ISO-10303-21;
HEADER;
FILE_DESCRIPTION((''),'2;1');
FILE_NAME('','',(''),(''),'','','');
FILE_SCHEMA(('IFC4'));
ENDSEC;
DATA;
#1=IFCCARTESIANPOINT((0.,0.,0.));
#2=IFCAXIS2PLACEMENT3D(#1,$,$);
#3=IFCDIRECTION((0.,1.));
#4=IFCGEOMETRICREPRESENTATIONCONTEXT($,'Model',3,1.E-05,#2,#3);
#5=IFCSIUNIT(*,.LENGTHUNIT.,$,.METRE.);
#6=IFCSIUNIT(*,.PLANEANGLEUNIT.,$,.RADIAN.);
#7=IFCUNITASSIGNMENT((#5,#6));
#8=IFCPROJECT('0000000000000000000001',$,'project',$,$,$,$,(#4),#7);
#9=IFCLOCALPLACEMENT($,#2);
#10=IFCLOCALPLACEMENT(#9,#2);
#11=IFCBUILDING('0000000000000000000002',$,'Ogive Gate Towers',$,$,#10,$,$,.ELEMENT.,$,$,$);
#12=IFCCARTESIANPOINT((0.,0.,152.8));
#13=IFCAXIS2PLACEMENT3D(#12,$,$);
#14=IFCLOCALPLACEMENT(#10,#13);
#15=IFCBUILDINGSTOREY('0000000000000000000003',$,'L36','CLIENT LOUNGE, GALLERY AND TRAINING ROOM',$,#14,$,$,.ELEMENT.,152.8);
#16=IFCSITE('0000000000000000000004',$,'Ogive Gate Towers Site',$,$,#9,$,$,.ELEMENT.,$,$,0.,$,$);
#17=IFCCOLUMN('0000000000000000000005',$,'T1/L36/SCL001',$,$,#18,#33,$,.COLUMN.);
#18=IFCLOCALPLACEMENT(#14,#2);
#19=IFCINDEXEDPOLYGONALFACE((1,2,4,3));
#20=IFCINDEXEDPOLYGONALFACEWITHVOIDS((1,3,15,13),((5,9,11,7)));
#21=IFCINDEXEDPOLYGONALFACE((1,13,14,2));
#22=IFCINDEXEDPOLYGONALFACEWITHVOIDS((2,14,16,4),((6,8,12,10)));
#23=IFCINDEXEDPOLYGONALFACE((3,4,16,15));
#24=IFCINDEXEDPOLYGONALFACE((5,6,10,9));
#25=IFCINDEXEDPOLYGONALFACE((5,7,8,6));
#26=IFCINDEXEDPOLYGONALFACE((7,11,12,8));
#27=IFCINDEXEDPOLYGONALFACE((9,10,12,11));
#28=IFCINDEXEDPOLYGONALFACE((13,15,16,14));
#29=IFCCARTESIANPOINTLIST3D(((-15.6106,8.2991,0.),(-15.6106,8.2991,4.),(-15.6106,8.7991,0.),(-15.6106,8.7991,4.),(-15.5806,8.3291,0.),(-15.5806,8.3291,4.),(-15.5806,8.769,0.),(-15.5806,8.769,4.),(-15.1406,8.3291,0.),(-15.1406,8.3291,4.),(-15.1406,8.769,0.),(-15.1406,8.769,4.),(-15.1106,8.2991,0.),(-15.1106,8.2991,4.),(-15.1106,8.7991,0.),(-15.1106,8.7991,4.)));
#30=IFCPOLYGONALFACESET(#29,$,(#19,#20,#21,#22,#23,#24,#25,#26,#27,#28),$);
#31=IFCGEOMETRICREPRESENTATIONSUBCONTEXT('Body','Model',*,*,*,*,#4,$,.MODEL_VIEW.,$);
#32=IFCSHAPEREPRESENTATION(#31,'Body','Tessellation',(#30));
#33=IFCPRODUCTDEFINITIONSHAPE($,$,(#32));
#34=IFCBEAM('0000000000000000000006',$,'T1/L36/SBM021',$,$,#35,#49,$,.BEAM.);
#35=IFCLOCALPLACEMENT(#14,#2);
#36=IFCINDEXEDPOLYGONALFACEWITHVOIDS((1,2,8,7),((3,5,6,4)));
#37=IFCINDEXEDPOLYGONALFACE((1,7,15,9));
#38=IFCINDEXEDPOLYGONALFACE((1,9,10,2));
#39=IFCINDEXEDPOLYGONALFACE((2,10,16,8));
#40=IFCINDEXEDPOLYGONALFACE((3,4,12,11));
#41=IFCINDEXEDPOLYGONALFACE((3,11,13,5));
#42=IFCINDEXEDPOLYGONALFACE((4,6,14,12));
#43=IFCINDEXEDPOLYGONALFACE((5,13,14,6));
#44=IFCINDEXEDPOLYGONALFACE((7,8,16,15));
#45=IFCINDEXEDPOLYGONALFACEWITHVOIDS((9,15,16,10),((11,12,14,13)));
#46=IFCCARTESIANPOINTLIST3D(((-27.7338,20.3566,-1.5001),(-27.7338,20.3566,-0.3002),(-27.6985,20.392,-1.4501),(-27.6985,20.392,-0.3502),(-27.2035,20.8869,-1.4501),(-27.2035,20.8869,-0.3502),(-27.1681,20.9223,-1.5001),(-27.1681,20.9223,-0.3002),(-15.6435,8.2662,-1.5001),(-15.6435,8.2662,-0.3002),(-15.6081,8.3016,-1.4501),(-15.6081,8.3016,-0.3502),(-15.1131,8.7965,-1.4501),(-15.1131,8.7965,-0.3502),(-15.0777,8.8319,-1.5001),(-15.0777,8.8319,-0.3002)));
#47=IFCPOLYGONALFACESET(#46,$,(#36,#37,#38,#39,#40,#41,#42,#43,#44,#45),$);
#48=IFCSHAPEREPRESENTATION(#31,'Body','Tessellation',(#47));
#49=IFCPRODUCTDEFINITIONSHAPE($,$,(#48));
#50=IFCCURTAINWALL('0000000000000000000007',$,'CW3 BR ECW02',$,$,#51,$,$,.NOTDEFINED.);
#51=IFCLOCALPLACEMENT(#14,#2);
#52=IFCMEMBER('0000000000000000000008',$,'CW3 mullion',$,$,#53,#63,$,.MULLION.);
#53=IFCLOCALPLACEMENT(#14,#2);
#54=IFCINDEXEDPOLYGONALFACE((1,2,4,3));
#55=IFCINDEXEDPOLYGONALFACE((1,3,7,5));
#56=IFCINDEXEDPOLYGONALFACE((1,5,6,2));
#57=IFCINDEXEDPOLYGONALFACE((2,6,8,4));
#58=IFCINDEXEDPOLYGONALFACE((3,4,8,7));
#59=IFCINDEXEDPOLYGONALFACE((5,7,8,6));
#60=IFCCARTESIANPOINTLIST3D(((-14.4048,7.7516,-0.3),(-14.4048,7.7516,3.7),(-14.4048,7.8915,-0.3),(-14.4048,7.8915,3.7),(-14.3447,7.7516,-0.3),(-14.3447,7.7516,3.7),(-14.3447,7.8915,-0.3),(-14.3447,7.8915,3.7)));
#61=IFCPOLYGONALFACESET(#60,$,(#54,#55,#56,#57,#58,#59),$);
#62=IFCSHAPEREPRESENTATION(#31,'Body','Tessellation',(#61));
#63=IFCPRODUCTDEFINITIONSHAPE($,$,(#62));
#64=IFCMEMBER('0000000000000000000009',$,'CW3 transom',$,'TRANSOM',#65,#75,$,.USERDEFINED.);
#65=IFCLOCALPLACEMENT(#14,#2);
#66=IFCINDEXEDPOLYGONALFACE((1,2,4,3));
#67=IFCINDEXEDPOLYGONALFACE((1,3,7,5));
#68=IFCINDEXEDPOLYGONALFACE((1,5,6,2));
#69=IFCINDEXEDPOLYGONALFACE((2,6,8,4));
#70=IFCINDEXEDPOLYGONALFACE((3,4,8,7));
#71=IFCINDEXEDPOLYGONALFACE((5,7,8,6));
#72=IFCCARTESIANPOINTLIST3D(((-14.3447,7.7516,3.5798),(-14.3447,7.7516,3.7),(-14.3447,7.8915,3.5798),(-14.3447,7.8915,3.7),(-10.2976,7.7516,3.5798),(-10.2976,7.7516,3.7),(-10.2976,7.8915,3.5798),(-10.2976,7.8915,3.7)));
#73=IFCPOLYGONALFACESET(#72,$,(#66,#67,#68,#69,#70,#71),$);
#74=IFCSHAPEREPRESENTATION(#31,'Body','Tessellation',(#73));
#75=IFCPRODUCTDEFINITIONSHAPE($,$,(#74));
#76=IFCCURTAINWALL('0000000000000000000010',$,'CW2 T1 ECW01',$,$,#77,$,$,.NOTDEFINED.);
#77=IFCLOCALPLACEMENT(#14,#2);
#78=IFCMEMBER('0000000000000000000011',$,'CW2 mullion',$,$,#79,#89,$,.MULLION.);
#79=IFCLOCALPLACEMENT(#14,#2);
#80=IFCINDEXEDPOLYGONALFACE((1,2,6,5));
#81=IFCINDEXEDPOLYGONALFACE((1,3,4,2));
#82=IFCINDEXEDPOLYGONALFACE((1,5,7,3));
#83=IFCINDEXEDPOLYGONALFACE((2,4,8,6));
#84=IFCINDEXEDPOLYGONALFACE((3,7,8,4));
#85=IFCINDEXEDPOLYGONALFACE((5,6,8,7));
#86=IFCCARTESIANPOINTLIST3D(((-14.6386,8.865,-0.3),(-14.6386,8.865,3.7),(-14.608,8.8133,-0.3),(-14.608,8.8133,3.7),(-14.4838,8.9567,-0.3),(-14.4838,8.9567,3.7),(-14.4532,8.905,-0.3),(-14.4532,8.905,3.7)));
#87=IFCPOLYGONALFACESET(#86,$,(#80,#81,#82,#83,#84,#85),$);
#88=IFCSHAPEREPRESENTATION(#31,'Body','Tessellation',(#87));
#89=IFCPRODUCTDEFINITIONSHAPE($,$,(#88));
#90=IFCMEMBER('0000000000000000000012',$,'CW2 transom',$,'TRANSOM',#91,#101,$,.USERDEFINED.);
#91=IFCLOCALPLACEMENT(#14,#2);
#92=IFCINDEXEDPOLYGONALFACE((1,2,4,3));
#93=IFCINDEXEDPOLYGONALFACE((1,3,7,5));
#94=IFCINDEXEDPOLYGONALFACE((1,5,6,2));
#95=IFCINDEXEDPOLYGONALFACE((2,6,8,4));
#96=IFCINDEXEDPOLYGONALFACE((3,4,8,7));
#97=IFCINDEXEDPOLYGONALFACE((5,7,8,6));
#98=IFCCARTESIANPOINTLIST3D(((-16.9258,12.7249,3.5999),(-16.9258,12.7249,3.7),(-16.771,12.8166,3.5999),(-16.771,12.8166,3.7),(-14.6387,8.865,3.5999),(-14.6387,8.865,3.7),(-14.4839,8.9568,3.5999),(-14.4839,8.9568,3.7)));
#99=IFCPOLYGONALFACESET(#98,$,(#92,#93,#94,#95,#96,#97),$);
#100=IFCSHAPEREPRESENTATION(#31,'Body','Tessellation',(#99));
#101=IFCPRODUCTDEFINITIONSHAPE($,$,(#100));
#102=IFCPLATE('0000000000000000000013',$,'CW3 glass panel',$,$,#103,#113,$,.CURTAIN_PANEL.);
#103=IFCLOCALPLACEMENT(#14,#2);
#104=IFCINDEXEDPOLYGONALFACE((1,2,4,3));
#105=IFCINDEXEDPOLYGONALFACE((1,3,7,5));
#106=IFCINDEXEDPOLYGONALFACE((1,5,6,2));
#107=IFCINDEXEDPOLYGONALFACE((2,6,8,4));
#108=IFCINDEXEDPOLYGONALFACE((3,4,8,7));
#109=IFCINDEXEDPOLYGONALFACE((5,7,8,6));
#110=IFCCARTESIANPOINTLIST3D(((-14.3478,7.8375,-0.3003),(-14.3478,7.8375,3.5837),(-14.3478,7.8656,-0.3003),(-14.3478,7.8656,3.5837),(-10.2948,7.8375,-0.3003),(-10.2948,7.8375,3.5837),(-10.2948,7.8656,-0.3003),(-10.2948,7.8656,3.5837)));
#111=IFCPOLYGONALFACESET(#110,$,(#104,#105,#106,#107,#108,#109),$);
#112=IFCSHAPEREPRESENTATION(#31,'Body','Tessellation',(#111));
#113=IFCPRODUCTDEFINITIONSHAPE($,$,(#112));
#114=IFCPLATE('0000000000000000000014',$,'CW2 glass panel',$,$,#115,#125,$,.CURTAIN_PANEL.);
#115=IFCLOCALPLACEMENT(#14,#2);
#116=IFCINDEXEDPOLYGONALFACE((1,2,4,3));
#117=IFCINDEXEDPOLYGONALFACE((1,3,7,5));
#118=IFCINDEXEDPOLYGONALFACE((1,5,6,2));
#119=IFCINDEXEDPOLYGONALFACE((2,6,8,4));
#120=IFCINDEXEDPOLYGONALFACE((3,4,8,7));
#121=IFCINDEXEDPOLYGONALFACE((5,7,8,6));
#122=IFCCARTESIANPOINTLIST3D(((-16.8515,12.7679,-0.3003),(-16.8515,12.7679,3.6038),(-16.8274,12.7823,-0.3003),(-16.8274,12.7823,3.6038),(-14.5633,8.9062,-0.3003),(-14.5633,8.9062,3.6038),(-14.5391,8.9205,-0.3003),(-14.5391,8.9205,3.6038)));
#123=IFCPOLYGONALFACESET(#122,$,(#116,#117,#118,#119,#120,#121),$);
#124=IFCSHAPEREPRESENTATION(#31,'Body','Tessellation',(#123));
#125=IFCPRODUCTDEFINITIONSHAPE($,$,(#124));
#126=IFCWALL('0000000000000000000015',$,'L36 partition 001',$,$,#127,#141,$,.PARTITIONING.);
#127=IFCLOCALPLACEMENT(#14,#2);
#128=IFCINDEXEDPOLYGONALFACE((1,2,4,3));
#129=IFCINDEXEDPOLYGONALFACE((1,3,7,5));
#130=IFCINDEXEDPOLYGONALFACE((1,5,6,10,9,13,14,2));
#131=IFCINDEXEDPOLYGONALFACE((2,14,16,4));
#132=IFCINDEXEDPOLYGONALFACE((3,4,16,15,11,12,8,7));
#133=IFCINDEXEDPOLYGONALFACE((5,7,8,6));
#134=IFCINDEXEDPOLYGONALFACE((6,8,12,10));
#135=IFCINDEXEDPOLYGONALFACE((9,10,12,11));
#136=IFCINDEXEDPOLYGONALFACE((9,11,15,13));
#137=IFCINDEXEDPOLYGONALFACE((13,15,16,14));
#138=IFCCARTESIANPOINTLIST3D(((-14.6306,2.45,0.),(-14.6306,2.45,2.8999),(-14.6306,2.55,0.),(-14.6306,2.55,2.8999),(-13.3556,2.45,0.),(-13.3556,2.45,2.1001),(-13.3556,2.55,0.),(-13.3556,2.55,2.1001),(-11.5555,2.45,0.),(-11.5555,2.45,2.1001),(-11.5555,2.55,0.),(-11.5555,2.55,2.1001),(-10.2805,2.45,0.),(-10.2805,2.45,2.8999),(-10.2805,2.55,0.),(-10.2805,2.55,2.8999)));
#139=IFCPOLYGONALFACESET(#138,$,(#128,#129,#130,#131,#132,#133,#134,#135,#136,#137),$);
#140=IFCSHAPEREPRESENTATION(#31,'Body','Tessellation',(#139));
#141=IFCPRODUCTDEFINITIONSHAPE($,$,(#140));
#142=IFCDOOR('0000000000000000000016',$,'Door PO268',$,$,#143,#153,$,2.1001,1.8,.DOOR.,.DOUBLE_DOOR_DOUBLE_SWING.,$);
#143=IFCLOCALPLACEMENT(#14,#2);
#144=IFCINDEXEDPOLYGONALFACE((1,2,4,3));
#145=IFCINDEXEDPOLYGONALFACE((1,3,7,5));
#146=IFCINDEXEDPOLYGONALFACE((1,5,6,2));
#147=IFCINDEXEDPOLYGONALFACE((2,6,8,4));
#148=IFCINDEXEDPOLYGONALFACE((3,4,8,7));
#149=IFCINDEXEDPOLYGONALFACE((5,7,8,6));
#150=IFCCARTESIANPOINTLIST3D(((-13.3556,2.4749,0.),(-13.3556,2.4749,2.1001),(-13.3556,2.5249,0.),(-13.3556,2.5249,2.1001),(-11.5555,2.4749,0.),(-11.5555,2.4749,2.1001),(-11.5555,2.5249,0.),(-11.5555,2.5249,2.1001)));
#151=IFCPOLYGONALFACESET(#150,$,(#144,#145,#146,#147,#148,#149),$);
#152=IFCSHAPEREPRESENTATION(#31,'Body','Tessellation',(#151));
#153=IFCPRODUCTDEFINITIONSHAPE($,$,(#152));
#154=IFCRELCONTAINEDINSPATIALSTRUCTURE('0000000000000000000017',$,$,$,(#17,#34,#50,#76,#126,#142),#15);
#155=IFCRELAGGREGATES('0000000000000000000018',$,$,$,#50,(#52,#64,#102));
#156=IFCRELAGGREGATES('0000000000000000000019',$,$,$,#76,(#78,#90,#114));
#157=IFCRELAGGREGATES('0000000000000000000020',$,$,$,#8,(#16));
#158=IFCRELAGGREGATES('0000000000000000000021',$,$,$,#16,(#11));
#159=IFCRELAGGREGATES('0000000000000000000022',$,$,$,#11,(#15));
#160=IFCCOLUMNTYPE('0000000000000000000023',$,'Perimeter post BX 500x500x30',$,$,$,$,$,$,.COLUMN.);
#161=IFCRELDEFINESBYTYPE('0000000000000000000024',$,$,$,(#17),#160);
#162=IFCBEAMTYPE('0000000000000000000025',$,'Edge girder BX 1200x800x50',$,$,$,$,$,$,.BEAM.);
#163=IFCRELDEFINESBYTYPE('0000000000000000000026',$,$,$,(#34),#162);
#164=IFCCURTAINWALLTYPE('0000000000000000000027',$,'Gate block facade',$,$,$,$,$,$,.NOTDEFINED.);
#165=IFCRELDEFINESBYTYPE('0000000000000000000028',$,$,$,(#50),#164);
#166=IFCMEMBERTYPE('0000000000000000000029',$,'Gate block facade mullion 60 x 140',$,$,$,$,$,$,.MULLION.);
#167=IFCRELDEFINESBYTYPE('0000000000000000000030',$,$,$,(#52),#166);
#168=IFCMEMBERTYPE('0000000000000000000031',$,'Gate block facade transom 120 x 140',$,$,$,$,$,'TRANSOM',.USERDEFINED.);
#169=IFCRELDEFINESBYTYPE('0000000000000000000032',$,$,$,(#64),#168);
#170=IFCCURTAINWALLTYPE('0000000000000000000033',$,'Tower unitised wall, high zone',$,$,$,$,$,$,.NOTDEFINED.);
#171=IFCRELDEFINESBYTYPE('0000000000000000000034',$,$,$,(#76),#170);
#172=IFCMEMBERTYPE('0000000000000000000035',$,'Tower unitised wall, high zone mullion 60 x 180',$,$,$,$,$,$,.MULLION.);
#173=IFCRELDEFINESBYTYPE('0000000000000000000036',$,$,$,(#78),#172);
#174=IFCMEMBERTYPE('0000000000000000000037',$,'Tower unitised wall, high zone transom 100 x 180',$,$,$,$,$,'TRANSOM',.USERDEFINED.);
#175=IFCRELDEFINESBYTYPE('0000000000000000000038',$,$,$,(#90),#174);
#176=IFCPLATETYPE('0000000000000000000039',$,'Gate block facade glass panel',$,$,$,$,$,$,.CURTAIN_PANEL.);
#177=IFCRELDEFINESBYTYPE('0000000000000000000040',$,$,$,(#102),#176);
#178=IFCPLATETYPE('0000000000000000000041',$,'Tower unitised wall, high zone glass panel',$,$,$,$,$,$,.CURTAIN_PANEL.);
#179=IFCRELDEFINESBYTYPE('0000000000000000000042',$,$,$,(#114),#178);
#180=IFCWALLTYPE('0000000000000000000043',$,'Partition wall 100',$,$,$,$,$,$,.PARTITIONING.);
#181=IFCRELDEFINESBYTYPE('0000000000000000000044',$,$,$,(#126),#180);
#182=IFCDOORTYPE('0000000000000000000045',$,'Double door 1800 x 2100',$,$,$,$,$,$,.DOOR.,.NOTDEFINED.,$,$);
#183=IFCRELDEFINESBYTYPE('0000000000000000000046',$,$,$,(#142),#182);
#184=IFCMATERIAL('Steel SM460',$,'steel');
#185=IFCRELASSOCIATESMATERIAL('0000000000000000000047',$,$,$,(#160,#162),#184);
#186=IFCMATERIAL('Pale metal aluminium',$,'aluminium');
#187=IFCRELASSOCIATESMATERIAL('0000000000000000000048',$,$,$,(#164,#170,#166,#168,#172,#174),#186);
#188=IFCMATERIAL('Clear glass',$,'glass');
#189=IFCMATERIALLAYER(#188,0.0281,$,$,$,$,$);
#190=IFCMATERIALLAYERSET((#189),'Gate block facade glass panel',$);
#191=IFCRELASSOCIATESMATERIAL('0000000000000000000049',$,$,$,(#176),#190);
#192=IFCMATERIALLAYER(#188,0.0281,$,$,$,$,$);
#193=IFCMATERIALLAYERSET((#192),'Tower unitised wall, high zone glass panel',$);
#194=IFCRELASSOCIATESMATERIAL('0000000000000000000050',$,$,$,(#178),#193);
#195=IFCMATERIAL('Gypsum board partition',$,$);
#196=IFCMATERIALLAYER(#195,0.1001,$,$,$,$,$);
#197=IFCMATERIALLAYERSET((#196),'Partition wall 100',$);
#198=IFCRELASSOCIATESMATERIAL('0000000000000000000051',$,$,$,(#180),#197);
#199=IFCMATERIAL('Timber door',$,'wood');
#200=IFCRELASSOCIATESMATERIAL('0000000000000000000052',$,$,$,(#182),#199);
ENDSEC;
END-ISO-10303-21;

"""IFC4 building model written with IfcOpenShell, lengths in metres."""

from ifc_helpers import new_model, si_unit, direction, frame, frame_2d, origin, origin_2d, place, context, subcontext, project, spatial, rectangle, hollow_rectangle, extrude, material, layer, layer_set, material_profile, profile_set, type_object, element, fill, aggregate, save


model = new_model("IFC4")

# Units and contexts
model_context = context("Model", 3, precision=1e-05, world=origin(), true_north=direction((0.0, 1.0)))
body_context = subcontext(model_context, "Body", "Model", "MODEL_VIEW")
ifc_project = project(units=[si_unit("LENGTHUNIT", "METRE"), si_unit("PLANEANGLEUNIT", "RADIAN")], contexts=[model_context])

# Site, building, storey
site_placement = place(None, origin())
site = spatial("IfcSite", under=ifc_project, at=site_placement, Name="Ogive Gate Towers Site", CompositionType="ELEMENT", RefElevation=0.0)
building_placement = place(site_placement, origin())
building = spatial("IfcBuilding", under=site, at=building_placement, Name="Ogive Gate Towers", CompositionType="ELEMENT")
storey_placement = place(building_placement, frame((0.0, 0.0, 152.8)))
storey = spatial("IfcBuildingStorey", under=building, at=storey_placement, Name="L36", Description="CLIENT LOUNGE, GALLERY AND TRAINING ROOM", CompositionType="ELEMENT", Elevation=152.8)

# Column
ifc_material_1 = material(Name="Steel SM460", Category="steel")
ifc_material_profile_1 = material_profile(ifc_material_1, hollow_rectangle(XDim=0.5, YDim=0.5, WallThickness=0.03, at=origin_2d()), Name="BX 500x500x30")
ifc_profile_set_1 = profile_set([ifc_material_profile_1], Name="Steel SM460")
column_type = type_object("IfcColumnType", Name="Perimeter post BX 500x500x30", PredefinedType="COLUMN", material=ifc_profile_set_1)
column_placement = place(storey_placement, frame((-15.3606, 8.5491, 0.0), z_axis=(0.0, 0.0, 1.0), x_axis=(1.0, 0.0, 0.0)))
element("IfcColumn", 1, at=column_placement, inside=storey, type_object=column_type, Name="T1/L36/SCL001", PredefinedType="COLUMN", context=body_context, shape_type="SweptSolid", body=[
    extrude(hollow_rectangle(XDim=0.5, YDim=0.5, WallThickness=0.03, at=origin_2d()), origin(), (0.0, 0.0, 1.0), 4.0),
])

# Beam
ifc_material_profile_2 = material_profile(ifc_material_1, hollow_rectangle(XDim=0.8, YDim=1.2, WallThickness=0.05, at=origin_2d()), Name="BX 1200x800x50")
ifc_profile_set_2 = profile_set([ifc_material_profile_2], Name="Steel SM460")
beam_type = type_object("IfcBeamType", Name="Edge girder BX 1200x800x50", PredefinedType="BEAM", material=ifc_profile_set_2)
beam_placement = place(storey_placement, frame((-15.3606, 8.5491, -0.9001), z_axis=(-0.707107, 0.707107, 0.0), x_axis=(-0.707107, -0.707107, 0.0)))
element("IfcBeam", 2, at=beam_placement, inside=storey, type_object=beam_type, Name="T1/L36/SBM021", PredefinedType="BEAM", context=body_context, shape_type="SweptSolid", body=[
    extrude(hollow_rectangle(XDim=0.8, YDim=1.2, WallThickness=0.05, at=origin_2d()), origin(), (0.0, 0.0, 1.0), 17.0984),
])

# Curtain walls, members
ifc_material_2 = material(Name="Pale metal aluminium", Category="aluminium")
curtain_wall_type_1 = type_object("IfcCurtainWallType", Name="Gate block facade", PredefinedType="NOTDEFINED", material=ifc_material_2)
curtain_wall_1_placement = place(storey_placement, origin())
curtain_wall_1 = element("IfcCurtainWall", 3, at=curtain_wall_1_placement, inside=storey, type_object=curtain_wall_type_1, Name="CW3 BR ECW02", PredefinedType="NOTDEFINED")
ifc_material_profile_3 = material_profile(ifc_material_2, rectangle(XDim=0.1399, YDim=0.0601, at=origin_2d()), Name="60 x 140 aluminium box")
ifc_profile_set_3 = profile_set([ifc_material_profile_3], Name="Pale metal aluminium")
member_type_1 = type_object("IfcMemberType", Name="Gate block facade mullion 60 x 140", PredefinedType="MULLION", material=ifc_profile_set_3)
member_1_placement = place(storey_placement, frame((-14.3748, 7.8215, -0.3), z_axis=(0.0, 0.0, 1.0), x_axis=(0.0, 1.0, 0.0)))
member_1 = element("IfcMember", 4, at=member_1_placement, type_object=member_type_1, Name="CW3 mullion", PredefinedType="MULLION", context=body_context, shape_type="SweptSolid", body=[
    extrude(rectangle(XDim=0.1399, YDim=0.0601, at=origin_2d()), origin(), (0.0, 0.0, 1.0), 4.0),
])
ifc_material_profile_4 = material_profile(ifc_material_2, rectangle(XDim=0.1399, YDim=0.1201, at=origin_2d()), Name="120 x 140 aluminium box")
ifc_profile_set_4 = profile_set([ifc_material_profile_4], Name="Pale metal aluminium")
member_type_2 = type_object("IfcMemberType", Name="Gate block facade transom 120 x 140", ElementType="TRANSOM", PredefinedType="USERDEFINED", material=ifc_profile_set_4)
member_2_placement = place(storey_placement, frame((-10.2976, 7.8215, 3.6399), z_axis=(-1.0, 0.0, 0.0), x_axis=(0.0, -1.0, 0.0)))
member_2 = element("IfcMember", 5, at=member_2_placement, type_object=member_type_2, Name="CW3 transom", ObjectType="TRANSOM", PredefinedType="USERDEFINED", context=body_context, shape_type="SweptSolid", body=[
    extrude(rectangle(XDim=0.1399, YDim=0.1201, at=origin_2d()), origin(), (0.0, 0.0, 1.0), 4.0471),
])
curtain_wall_type_2 = type_object("IfcCurtainWallType", Name="Tower unitised wall, high zone", PredefinedType="NOTDEFINED", material=ifc_material_2)
curtain_wall_2_placement = place(storey_placement, origin())
curtain_wall_2 = element("IfcCurtainWall", 6, at=curtain_wall_2_placement, inside=storey, type_object=curtain_wall_type_2, Name="CW2 T1 ECW01", PredefinedType="NOTDEFINED")
ifc_material_profile_5 = material_profile(ifc_material_2, rectangle(XDim=0.1799, YDim=0.0601, at=origin_2d()), Name="60 x 180 aluminium box")
ifc_profile_set_5 = profile_set([ifc_material_profile_5], Name="Pale metal aluminium")
member_type_3 = type_object("IfcMemberType", Name="Tower unitised wall, high zone mullion 60 x 180", PredefinedType="MULLION", material=ifc_profile_set_5)
member_3_placement = place(storey_placement, frame((-14.5459, 8.885, -0.3), z_axis=(0.0, 0.0, 1.0), x_axis=(0.860306, 0.509777, 0.0)))
member_3 = element("IfcMember", 7, at=member_3_placement, type_object=member_type_3, Name="CW2 mullion", PredefinedType="MULLION", context=body_context, shape_type="SweptSolid", body=[
    extrude(rectangle(XDim=0.1799, YDim=0.0601, at=origin_2d()), origin(), (0.0, 0.0, 1.0), 4.0),
])
ifc_material_profile_6 = material_profile(ifc_material_2, rectangle(XDim=0.1799, YDim=0.1001, at=origin_2d()), Name="100 x 180 aluminium box")
ifc_profile_set_6 = profile_set([ifc_material_profile_6], Name="Pale metal aluminium")
member_type_4 = type_object("IfcMemberType", Name="Tower unitised wall, high zone transom 100 x 180", ElementType="TRANSOM", PredefinedType="USERDEFINED", material=ifc_profile_set_6)
member_4_placement = place(storey_placement, frame((-14.5613, 8.9109, 3.6499), z_axis=(-0.509767, 0.860313, 0.0), x_axis=(-0.860313, -0.509767, 0.0)))
member_4 = element("IfcMember", 8, at=member_4_placement, type_object=member_type_4, Name="CW2 transom", ObjectType="TRANSOM", PredefinedType="USERDEFINED", context=body_context, shape_type="SweptSolid", body=[
    extrude(rectangle(XDim=0.1799, YDim=0.1001, at=origin_2d()), origin(), (0.0, 0.0, 1.0), 4.4866),
])

# Plates
ifc_material_3 = material(Name="Clear glass", Category="glass")
ifc_layer_1 = layer(ifc_material_3, 0.0281)
ifc_layer_set_1 = layer_set([ifc_layer_1], Name="Gate block facade glass panel")
plate_type_1 = type_object("IfcPlateType", Name="Gate block facade glass panel", PredefinedType="CURTAIN_PANEL", material=ifc_layer_set_1)
plate_1_placement = place(storey_placement, frame((-12.3213, 7.8516, -0.3003), z_axis=(0.0, 0.0, 1.0), x_axis=(-1.0, 0.0, 0.0)))
plate_1 = element("IfcPlate", 9, at=plate_1_placement, type_object=plate_type_1, Name="CW3 glass panel", PredefinedType="CURTAIN_PANEL", context=body_context, shape_type="SweptSolid", body=[
    extrude(rectangle(XDim=4.053, YDim=0.0281, at=origin_2d()), origin(), (0.0, 0.0, 1.0), 3.884),
])
aggregate(curtain_wall_1, [member_1, member_2, plate_1])
ifc_layer_2 = layer(ifc_material_3, 0.0281)
ifc_layer_set_2 = layer_set([ifc_layer_2], Name="Tower unitised wall, high zone glass panel")
plate_type_2 = type_object("IfcPlateType", Name="Tower unitised wall, high zone glass panel", PredefinedType="CURTAIN_PANEL", material=ifc_layer_set_2)
plate_2_placement = place(storey_placement, frame((-15.6953, 10.8442, -0.3003), z_axis=(0.0, 0.0, 1.0), x_axis=(-0.509777, 0.860306, 0.0)))
plate_2 = element("IfcPlate", 10, at=plate_2_placement, type_object=plate_type_2, Name="CW2 glass panel", PredefinedType="CURTAIN_PANEL", context=body_context, shape_type="SweptSolid", body=[
    extrude(rectangle(XDim=4.4888, YDim=0.0281, at=origin_2d()), origin(), (0.0, 0.0, 1.0), 3.9041),
])
aggregate(curtain_wall_2, [member_3, member_4, plate_2])

# Wall, opening, door
ifc_material_4 = material(Name="Gypsum board partition")
ifc_layer_3 = layer(ifc_material_4, 0.1001)
ifc_layer_set_3 = layer_set([ifc_layer_3], Name="Partition wall 100")
wall_type = type_object("IfcWallType", Name="Partition wall 100", PredefinedType="PARTITIONING", material=ifc_layer_set_3)
wall_1_placement = place(storey_placement, frame((-14.6306, 2.5, 0.0), z_axis=(0.0, 0.0, 1.0), x_axis=(1.0, 0.0, 0.0)))
wall_1 = element("IfcWall", 11, at=wall_1_placement, inside=storey, type_object=wall_type, Name="L36 partition 001", PredefinedType="PARTITIONING", context=body_context, shape_type="SweptSolid", body=[
    extrude(rectangle(XDim=4.3501, YDim=0.1001, at=frame_2d((2.175, 0.0))), origin(), (0.0, 0.0, 1.0), 2.8999),
])
opening_1_placement = place(wall_1_placement, frame((1.2751, 0.0, 0.0)))
opening_1 = element("IfcOpeningElement", 12, at=opening_1_placement, cuts=wall_1, PredefinedType="OPENING", context=body_context, shape_type="SweptSolid", body=[
    extrude(rectangle(XDim=1.8, YDim=2.1001, at=frame_2d((0.8999, 1.05))), frame((0.0, 0.0601, 0.0), z_axis=(0.0, -1.0, 0.0), x_axis=(1.0, 0.0, 0.0)), (0.0, 0.0, 1.0), 0.1201),
])
ifc_material_5 = material(Name="Timber door", Category="wood")
door_type_1 = type_object("IfcDoorType", Name="Double door 1800 x 2100", OperationType="NOTDEFINED", PredefinedType="DOOR", material=ifc_material_5)
door_1_placement = place(opening_1_placement, origin())
door_1 = element("IfcDoor", 13, at=door_1_placement, inside=storey, type_object=door_type_1, Name="Door PO268", OperationType="DOUBLE_DOOR_DOUBLE_SWING", OverallHeight=2.1001, OverallWidth=1.8, PredefinedType="DOOR", context=body_context, shape_type="SweptSolid", body=[
    extrude(rectangle(XDim=1.8, YDim=2.1001, at=frame_2d((0.8999, 1.05))), frame((0.0, 0.0249, 0.0), z_axis=(0.0, -1.0, 0.0), x_axis=(1.0, 0.0, 0.0)), (0.0, 0.0, 1.0), 0.05),
])
fill(opening_1, door_1)

save(model, "model.ifc")
